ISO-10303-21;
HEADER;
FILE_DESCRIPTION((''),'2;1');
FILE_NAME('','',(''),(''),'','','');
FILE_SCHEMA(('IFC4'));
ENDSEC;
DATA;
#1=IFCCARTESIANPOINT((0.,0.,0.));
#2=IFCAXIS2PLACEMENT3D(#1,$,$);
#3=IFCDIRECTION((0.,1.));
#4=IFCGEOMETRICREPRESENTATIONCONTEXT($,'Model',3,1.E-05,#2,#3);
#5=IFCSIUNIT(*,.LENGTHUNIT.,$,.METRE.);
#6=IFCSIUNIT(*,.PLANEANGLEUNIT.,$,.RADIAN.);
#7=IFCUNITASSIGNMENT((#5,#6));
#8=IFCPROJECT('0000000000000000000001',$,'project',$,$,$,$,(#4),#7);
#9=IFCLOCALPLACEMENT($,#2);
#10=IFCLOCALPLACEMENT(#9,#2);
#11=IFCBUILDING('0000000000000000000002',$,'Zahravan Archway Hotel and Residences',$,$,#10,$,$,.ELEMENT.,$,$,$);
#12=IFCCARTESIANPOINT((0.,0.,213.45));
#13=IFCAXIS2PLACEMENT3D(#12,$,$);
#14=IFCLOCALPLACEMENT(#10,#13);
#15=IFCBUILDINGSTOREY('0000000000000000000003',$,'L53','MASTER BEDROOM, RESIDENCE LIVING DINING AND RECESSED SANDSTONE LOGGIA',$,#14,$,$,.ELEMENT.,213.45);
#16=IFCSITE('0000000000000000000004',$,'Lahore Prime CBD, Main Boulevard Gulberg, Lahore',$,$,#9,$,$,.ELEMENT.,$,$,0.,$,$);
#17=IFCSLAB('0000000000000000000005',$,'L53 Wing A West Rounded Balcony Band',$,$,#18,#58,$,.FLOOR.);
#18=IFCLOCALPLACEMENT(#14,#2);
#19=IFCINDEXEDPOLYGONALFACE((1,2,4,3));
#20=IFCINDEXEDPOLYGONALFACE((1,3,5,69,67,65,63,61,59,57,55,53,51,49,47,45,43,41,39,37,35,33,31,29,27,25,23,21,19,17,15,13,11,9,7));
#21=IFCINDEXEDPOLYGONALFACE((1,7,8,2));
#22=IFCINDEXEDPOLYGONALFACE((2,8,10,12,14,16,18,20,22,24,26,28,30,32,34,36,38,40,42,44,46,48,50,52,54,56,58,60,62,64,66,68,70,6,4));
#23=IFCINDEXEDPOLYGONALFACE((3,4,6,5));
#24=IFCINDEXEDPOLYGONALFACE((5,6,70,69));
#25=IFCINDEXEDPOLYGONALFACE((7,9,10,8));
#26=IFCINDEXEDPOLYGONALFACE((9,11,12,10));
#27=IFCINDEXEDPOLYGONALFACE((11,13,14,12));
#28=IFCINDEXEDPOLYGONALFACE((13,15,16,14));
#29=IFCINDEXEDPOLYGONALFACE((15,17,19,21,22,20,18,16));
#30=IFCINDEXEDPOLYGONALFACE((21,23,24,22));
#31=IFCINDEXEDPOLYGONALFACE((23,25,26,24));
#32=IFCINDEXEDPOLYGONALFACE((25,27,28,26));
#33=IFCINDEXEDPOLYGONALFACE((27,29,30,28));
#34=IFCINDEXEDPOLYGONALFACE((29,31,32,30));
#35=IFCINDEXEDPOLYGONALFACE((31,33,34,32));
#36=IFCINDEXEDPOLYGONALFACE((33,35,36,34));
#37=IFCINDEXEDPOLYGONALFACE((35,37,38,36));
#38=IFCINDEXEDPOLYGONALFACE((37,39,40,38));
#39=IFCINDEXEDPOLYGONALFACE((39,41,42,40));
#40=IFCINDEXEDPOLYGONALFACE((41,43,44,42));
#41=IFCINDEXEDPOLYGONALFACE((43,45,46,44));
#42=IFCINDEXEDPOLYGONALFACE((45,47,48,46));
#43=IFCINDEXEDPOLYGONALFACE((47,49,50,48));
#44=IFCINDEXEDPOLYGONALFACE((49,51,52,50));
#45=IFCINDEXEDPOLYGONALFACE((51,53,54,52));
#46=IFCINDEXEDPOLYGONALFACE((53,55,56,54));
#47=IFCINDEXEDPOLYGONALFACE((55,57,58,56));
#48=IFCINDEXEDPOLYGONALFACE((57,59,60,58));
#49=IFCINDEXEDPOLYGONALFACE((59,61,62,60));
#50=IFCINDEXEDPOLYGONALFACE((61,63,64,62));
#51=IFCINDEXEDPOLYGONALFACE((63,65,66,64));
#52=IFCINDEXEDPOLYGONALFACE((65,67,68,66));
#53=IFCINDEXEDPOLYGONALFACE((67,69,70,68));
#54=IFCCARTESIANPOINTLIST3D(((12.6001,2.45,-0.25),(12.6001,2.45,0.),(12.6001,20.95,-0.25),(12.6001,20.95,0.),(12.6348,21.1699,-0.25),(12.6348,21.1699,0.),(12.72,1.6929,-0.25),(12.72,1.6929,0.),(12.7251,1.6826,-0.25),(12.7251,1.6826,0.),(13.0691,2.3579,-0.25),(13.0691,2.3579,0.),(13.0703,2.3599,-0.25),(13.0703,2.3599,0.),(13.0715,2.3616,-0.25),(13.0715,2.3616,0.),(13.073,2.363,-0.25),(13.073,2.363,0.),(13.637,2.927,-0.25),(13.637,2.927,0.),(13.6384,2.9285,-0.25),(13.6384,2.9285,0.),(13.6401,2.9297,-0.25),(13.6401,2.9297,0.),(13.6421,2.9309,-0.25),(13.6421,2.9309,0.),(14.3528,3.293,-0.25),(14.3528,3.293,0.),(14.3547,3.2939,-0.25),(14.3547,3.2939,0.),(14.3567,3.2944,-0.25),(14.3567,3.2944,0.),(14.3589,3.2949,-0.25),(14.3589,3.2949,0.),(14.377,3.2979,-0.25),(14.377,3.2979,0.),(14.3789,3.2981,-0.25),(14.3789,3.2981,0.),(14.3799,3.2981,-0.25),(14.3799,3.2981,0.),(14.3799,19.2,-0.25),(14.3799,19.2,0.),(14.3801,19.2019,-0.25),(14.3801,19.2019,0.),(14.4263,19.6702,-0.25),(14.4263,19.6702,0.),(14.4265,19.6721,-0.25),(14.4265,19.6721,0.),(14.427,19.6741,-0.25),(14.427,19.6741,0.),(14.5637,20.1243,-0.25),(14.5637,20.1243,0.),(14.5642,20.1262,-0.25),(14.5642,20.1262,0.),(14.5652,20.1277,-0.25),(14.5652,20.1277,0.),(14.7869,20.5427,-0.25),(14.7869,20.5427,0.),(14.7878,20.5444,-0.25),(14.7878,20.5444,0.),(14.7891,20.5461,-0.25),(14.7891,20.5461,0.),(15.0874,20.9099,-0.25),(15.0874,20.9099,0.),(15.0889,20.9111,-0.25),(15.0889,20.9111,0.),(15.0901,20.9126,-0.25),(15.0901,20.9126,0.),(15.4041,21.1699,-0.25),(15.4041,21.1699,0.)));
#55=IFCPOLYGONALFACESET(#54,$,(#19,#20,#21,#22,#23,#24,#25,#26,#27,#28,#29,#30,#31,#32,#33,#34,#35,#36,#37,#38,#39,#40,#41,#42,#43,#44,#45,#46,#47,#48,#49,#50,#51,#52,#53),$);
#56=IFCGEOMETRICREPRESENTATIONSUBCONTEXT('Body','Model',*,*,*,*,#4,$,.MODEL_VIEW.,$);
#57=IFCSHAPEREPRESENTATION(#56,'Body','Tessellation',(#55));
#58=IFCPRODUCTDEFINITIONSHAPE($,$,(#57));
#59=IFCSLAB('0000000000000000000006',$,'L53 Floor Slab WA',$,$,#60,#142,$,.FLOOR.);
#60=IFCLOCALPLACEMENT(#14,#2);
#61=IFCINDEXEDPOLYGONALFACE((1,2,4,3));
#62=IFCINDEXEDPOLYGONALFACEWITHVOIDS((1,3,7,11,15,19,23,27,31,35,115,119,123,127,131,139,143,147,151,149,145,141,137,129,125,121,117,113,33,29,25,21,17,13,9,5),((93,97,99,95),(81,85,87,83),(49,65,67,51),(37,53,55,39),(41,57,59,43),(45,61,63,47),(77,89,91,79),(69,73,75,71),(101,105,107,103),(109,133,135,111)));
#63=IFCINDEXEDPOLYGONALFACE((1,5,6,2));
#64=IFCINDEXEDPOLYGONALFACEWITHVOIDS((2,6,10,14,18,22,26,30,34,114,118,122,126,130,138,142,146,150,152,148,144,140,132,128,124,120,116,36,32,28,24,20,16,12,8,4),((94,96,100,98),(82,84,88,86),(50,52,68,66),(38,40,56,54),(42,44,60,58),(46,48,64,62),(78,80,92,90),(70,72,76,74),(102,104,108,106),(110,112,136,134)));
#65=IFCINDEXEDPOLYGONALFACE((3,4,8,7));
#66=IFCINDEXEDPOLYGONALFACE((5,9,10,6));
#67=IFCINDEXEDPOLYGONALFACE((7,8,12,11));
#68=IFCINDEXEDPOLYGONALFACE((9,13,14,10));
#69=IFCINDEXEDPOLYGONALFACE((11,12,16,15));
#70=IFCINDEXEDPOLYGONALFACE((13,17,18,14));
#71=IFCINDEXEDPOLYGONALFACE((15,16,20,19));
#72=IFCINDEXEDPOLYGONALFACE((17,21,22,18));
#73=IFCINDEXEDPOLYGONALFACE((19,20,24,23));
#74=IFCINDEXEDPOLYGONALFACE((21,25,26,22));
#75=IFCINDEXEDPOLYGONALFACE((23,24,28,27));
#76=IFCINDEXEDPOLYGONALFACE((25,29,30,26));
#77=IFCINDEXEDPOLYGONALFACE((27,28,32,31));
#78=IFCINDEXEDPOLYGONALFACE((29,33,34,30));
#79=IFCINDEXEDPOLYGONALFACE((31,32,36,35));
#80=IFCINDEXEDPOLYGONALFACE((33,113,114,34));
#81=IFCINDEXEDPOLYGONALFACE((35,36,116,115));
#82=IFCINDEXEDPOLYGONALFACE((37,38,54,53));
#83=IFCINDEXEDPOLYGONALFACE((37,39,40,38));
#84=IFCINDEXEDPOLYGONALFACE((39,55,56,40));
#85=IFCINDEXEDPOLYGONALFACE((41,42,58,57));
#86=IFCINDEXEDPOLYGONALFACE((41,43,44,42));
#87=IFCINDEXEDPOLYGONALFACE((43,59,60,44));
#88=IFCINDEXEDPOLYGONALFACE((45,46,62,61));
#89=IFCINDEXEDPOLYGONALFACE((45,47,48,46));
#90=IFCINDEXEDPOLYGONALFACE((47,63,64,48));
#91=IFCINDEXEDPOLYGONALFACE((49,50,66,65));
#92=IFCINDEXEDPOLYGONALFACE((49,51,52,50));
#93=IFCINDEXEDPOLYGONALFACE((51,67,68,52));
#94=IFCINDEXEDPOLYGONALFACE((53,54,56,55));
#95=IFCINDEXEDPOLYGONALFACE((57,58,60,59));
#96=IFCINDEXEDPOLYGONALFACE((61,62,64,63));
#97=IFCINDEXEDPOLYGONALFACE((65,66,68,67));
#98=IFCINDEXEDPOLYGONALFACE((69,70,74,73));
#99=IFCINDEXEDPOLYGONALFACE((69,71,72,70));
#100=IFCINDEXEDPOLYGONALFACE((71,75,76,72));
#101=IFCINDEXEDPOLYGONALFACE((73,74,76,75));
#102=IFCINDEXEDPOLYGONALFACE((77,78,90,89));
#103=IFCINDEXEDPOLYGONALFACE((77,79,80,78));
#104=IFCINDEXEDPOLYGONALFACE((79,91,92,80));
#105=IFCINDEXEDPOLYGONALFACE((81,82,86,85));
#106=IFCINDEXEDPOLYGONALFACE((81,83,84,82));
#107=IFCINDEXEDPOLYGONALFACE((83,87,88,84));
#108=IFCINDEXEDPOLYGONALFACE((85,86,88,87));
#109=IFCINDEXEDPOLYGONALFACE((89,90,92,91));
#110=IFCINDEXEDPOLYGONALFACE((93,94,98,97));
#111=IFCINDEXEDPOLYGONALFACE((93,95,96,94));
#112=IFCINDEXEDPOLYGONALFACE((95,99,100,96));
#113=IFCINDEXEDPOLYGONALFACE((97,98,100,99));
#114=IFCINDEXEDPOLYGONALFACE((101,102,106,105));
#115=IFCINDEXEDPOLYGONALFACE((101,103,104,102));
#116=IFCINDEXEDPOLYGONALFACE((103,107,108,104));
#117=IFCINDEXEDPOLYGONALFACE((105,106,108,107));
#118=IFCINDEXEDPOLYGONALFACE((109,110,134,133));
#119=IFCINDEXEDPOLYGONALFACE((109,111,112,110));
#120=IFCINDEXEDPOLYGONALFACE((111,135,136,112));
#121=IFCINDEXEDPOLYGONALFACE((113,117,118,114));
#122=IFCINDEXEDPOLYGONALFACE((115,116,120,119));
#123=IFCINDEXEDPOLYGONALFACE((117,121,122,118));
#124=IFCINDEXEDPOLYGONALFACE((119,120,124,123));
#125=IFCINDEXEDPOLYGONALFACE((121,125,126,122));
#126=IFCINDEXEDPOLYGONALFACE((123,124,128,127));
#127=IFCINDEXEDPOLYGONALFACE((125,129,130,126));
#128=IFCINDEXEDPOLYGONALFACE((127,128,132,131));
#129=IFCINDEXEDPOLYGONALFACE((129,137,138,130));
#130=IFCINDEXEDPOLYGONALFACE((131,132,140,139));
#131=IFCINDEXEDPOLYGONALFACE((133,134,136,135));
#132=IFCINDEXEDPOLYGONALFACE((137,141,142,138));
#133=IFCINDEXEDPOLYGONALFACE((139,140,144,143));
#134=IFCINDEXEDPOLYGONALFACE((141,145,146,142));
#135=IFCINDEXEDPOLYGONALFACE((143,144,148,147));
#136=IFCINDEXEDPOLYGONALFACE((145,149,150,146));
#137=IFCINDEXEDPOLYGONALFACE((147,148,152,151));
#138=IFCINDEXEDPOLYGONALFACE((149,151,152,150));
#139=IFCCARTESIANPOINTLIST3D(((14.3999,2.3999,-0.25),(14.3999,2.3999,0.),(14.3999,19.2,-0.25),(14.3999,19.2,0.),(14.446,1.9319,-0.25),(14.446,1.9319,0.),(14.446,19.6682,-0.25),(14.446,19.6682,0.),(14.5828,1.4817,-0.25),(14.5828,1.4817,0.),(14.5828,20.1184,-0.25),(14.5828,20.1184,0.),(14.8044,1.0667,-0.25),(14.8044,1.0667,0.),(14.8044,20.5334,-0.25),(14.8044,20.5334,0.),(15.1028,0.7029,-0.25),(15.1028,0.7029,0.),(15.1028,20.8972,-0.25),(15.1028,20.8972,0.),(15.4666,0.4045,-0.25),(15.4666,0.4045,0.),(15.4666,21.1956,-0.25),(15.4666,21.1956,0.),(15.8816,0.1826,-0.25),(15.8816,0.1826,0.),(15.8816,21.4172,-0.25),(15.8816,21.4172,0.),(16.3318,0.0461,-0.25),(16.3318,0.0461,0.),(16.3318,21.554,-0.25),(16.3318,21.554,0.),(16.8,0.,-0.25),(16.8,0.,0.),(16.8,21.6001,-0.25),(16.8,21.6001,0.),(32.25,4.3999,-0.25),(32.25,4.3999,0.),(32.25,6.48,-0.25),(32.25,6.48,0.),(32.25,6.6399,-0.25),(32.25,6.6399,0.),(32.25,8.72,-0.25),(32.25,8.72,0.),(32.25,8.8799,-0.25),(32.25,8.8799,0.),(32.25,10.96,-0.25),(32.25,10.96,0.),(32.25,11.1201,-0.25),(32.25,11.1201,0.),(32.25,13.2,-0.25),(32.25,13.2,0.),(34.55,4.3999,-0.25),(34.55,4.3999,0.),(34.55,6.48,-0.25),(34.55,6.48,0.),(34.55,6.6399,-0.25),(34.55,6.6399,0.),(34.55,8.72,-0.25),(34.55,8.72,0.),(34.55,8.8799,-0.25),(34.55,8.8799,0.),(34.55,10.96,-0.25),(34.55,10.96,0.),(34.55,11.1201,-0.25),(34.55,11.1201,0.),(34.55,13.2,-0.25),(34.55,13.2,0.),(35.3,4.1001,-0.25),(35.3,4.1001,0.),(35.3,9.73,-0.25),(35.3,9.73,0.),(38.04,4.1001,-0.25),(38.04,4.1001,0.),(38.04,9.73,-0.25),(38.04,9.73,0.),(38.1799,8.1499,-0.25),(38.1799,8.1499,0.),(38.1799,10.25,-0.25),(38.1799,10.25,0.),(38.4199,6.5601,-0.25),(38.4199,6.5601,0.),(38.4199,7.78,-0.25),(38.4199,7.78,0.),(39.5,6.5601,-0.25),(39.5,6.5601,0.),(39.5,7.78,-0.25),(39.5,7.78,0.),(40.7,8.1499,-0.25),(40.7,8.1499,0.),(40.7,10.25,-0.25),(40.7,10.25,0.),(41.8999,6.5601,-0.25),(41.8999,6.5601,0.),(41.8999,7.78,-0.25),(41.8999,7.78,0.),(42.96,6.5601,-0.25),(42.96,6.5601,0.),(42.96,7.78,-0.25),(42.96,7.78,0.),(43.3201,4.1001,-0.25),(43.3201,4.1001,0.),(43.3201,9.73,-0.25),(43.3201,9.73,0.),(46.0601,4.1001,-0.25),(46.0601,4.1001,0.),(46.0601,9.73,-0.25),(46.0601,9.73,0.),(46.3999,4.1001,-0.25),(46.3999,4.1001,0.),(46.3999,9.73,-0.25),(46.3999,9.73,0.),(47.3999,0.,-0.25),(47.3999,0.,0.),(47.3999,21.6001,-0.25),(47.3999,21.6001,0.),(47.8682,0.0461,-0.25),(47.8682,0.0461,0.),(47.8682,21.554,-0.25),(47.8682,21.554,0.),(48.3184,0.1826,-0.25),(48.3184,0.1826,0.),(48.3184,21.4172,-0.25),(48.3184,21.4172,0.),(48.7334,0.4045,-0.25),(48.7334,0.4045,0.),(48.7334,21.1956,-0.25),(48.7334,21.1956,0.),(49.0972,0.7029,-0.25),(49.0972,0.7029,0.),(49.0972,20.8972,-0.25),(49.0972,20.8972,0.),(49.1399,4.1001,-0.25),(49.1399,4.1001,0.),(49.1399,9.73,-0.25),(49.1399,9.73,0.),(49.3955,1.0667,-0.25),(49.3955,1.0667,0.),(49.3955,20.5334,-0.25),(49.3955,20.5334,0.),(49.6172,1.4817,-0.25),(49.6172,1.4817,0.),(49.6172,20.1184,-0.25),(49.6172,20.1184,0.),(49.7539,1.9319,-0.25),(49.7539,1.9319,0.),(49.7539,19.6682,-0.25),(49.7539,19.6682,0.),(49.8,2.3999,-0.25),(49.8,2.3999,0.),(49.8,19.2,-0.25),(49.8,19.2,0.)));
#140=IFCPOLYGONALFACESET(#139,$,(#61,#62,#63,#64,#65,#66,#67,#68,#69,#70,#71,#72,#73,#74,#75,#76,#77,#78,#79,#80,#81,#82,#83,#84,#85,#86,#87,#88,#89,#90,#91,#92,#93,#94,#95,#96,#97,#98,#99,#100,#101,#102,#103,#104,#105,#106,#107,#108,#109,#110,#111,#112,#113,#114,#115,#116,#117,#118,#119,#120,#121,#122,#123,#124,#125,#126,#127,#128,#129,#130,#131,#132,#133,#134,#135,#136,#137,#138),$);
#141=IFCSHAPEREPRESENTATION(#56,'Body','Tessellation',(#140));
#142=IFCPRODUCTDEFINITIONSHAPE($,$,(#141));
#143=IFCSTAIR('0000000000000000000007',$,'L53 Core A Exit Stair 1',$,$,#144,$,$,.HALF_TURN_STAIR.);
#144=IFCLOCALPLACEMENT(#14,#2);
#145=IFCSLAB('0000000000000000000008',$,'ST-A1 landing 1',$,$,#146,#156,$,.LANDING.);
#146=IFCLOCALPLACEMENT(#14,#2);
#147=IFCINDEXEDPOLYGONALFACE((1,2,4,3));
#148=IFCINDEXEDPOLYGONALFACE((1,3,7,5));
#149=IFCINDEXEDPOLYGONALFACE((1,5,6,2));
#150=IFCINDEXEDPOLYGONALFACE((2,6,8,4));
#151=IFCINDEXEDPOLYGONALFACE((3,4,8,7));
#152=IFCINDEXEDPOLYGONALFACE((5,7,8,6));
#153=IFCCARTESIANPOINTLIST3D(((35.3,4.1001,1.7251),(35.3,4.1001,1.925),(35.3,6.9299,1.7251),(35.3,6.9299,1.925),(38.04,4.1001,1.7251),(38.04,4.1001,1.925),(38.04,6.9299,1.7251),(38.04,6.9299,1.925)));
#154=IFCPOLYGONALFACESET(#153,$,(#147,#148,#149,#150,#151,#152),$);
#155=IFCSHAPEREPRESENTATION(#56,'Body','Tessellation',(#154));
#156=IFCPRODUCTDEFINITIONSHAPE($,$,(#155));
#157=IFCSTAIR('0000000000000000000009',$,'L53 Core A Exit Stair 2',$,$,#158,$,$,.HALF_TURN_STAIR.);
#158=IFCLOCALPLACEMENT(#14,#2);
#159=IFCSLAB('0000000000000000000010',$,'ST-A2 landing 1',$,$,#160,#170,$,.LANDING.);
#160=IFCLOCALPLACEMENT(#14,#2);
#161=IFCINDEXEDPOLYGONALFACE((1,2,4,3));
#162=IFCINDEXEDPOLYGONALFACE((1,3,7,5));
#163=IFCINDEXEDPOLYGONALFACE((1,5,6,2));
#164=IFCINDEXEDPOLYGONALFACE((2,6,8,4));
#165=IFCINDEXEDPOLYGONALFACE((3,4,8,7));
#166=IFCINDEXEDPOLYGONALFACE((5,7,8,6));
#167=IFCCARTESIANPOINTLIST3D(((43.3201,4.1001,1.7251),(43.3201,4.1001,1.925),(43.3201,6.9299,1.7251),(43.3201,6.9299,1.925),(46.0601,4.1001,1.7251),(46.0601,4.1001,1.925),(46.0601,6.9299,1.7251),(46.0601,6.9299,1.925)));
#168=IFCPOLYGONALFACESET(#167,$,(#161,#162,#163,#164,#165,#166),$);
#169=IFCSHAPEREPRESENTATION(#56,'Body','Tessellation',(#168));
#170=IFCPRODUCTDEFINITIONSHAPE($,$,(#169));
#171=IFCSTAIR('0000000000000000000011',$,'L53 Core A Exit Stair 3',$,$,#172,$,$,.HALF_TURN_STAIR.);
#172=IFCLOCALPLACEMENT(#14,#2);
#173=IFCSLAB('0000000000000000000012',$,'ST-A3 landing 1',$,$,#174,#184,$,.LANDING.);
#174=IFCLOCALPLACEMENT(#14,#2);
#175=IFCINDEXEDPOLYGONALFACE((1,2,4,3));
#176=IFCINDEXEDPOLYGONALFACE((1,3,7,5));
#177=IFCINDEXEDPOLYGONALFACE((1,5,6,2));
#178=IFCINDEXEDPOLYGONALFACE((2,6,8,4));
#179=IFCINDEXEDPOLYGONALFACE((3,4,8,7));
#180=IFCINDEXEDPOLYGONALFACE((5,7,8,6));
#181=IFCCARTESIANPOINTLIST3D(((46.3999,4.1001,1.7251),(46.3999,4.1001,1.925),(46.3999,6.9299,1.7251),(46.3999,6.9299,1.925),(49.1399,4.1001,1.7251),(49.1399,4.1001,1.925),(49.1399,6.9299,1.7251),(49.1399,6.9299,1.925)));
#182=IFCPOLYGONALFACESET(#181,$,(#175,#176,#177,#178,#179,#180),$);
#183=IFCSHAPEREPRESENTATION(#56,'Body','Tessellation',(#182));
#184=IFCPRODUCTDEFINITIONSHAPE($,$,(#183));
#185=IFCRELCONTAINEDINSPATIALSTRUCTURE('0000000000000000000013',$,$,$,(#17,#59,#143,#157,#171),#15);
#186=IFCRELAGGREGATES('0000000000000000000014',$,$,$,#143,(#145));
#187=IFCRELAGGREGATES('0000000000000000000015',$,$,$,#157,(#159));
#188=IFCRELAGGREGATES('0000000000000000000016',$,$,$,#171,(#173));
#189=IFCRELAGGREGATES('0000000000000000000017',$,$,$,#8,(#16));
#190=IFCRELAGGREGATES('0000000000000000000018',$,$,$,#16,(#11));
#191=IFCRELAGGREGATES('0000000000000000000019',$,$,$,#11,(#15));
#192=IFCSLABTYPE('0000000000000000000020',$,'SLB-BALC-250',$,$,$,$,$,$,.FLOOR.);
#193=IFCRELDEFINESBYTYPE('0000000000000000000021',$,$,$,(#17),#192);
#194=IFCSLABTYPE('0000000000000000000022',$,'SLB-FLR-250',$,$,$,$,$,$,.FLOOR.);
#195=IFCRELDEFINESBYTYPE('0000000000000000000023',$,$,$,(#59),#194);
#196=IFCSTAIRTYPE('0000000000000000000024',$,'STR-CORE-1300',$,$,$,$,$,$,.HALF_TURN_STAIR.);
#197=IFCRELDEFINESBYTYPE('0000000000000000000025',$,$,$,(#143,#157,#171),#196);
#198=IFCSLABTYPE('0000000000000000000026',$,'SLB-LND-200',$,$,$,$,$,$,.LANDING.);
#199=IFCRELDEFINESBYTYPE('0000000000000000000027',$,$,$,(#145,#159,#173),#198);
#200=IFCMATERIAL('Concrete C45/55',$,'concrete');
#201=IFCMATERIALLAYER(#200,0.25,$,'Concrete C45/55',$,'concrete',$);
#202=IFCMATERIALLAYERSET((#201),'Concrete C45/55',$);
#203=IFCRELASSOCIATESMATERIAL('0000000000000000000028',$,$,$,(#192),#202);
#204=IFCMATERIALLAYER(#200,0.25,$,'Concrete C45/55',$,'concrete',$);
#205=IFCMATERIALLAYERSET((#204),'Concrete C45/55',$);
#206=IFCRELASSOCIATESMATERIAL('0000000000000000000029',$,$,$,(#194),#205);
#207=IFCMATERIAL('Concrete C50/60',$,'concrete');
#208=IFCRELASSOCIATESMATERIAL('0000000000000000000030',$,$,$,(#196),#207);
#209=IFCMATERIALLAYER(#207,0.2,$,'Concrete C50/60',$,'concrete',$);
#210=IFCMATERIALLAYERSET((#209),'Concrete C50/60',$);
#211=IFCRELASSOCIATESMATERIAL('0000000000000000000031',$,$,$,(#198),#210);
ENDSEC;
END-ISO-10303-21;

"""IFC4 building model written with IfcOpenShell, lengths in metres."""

from ifc_helpers import new_model, si_unit, direction, frame, origin, place, context, subcontext, project, spatial, polyline, outline, extrude, material, layer, layer_set, type_object, element, aggregate, save


model = new_model("IFC4")

# Units and contexts
model_context = context("Model", 3, precision=1e-05, world=origin(), true_north=direction((0.0, 1.0)))
body_context = subcontext(model_context, "Body", "Model", "MODEL_VIEW")
ifc_project = project(units=[si_unit("LENGTHUNIT", "METRE"), si_unit("PLANEANGLEUNIT", "RADIAN")], contexts=[model_context])

# Site, building, storey
site_placement = place(None, origin())
site = spatial("IfcSite", under=ifc_project, at=site_placement, Name="Lahore Prime CBD, Main Boulevard Gulberg, Lahore", CompositionType="ELEMENT", RefElevation=0.0)
building_placement = place(site_placement, origin())
building = spatial("IfcBuilding", under=site, at=building_placement, Name="Zahravan Archway Hotel and Residences", CompositionType="ELEMENT")
storey_placement = place(building_placement, frame((0.0, 0.0, 213.45)))
storey = spatial("IfcBuildingStorey", under=building, at=storey_placement, Name="L53", Description="MASTER BEDROOM, RESIDENCE LIVING DINING AND RECESSED SANDSTONE LOGGIA", CompositionType="ELEMENT", Elevation=213.45)

# Slabs
ifc_material_1 = material(Name="Concrete C45/55", Category="concrete")
ifc_layer_1 = layer(ifc_material_1, 0.25, Name="Concrete C45/55", Category="concrete")
ifc_layer_set_1 = layer_set([ifc_layer_1], Name="Concrete C45/55")
slab_type_1 = type_object("IfcSlabType", Name="SLB-BALC-250", PredefinedType="FLOOR", material=ifc_layer_set_1)
slab_1_placement = place(storey_placement, frame((0.0, 0.0, -0.25)))
element("IfcSlab", 1, at=slab_1_placement, inside=storey, type_object=slab_type_1, Name="L53 Wing A West Rounded Balcony Band", PredefinedType="FLOOR", context=body_context, shape_type="SweptSolid", body=[
    extrude(outline(polyline([(12.72, 1.6929), (12.6001, 2.45), (12.6001, 20.95), (12.6348, 21.1699), (15.4041, 21.1699), (15.0901, 20.9126), (15.0889, 20.9111), (15.0874, 20.9099), (14.7891, 20.5461), (14.7878, 20.5444), (14.7869, 20.5427), (14.5652, 20.1277), (14.5642, 20.1262), (14.5637, 20.1243), (14.427, 19.6741), (14.4265, 19.6721), (14.4263, 19.6702), (14.3801, 19.2019), (14.3799, 19.2), (14.3799, 3.2981), (14.3789, 3.2981), (14.377, 3.2979), (14.3589, 3.2949), (14.3567, 3.2944), (14.3547, 3.2939), (14.3528, 3.293), (13.6421, 2.9309), (13.6401, 2.9297), (13.6384, 2.9285), (13.637, 2.927), (13.073, 2.363), (13.0715, 2.3616), (13.0703, 2.3599), (13.0691, 2.3579), (12.7251, 1.6826), (12.72, 1.6929)])), origin(), (0.0, 0.0, 1.0), 0.25),
])
ifc_layer_2 = layer(ifc_material_1, 0.25, Name="Concrete C45/55", Category="concrete")
ifc_layer_set_2 = layer_set([ifc_layer_2], Name="Concrete C45/55")
slab_type_2 = type_object("IfcSlabType", Name="SLB-FLR-250", PredefinedType="FLOOR", material=ifc_layer_set_2)
slab_2_placement = place(storey_placement, frame((0.0, 0.0, -0.25)))
element("IfcSlab", 2, at=slab_2_placement, inside=storey, type_object=slab_type_2, Name="L53 Floor Slab WA", PredefinedType="FLOOR", context=body_context, shape_type="SweptSolid", body=[
    extrude(outline(polyline([(47.3999, 0.0), (47.8682, 0.0461), (48.3184, 0.1826), (48.7334, 0.4045), (49.0972, 0.7029), (49.3955, 1.0667), (49.6172, 1.4817), (49.7539, 1.9319), (49.8, 2.3999), (49.8, 19.2), (49.7539, 19.6682), (49.6172, 20.1184), (49.3955, 20.5334), (49.0972, 20.8972), (48.7334, 21.1956), (48.3184, 21.4172), (47.8682, 21.554), (47.3999, 21.6001), (16.8, 21.6001), (16.3318, 21.554), (15.8816, 21.4172), (15.4666, 21.1956), (15.1028, 20.8972), (14.8044, 20.5334), (14.5828, 20.1184), (14.446, 19.6682), (14.3999, 19.2), (14.3999, 2.3999), (14.446, 1.9319), (14.5828, 1.4817), (14.8044, 1.0667), (15.1028, 0.7029), (15.4666, 0.4045), (15.8816, 0.1826), (16.3318, 0.0461), (16.8, 0.0), (47.3999, 0.0)]), holes=[polyline([(35.3, 9.73), (35.3, 4.1001), (38.04, 4.1001), (38.04, 9.73), (35.3, 9.73)]), polyline([(43.3201, 9.73), (43.3201, 4.1001), (46.0601, 4.1001), (46.0601, 9.73), (43.3201, 9.73)]), polyline([(46.3999, 9.73), (46.3999, 4.1001), (49.1399, 4.1001), (49.1399, 9.73), (46.3999, 9.73)]), polyline([(38.1799, 8.1499), (40.7, 8.1499), (40.7, 10.25), (38.1799, 10.25), (38.1799, 8.1499)]), polyline([(32.25, 4.3999), (34.55, 4.3999), (34.55, 6.48), (32.25, 6.48), (32.25, 4.3999)]), polyline([(32.25, 6.6399), (34.55, 6.6399), (34.55, 8.72), (32.25, 8.72), (32.25, 6.6399)]), polyline([(32.25, 8.8799), (34.55, 8.8799), (34.55, 10.96), (32.25, 10.96), (32.25, 8.8799)]), polyline([(32.25, 11.1201), (34.55, 11.1201), (34.55, 13.2), (32.25, 13.2), (32.25, 11.1201)]), polyline([(38.4199, 6.5601), (39.5, 6.5601), (39.5, 7.78), (38.4199, 7.78), (38.4199, 6.5601)]), polyline([(41.8999, 6.5601), (42.96, 6.5601), (42.96, 7.78), (41.8999, 7.78), (41.8999, 6.5601)])]), origin(), (0.0, 0.0, 1.0), 0.25),
])

# Stairs, slabs
ifc_material_2 = material(Name="Concrete C50/60", Category="concrete")
stair_type = type_object("IfcStairType", Name="STR-CORE-1300", PredefinedType="HALF_TURN_STAIR", material=ifc_material_2)
stair_1_placement = place(storey_placement, origin())
stair_1 = element("IfcStair", 3, at=stair_1_placement, inside=storey, type_object=stair_type, Name="L53 Core A Exit Stair 1", PredefinedType="HALF_TURN_STAIR")
ifc_layer_3 = layer(ifc_material_2, 0.2, Name="Concrete C50/60", Category="concrete")
ifc_layer_set_3 = layer_set([ifc_layer_3], Name="Concrete C50/60")
slab_type_3 = type_object("IfcSlabType", Name="SLB-LND-200", PredefinedType="LANDING", material=ifc_layer_set_3)
slab_3_placement = place(storey_placement, frame((0.0, 0.0, 1.7251)))
slab_3 = element("IfcSlab", 4, at=slab_3_placement, type_object=slab_type_3, Name="ST-A1 landing 1", PredefinedType="LANDING", context=body_context, shape_type="SweptSolid", body=[
    extrude(outline(polyline([(35.3, 6.9299), (35.3, 4.1001), (38.04, 4.1001), (38.04, 6.9299), (35.3, 6.9299)])), origin(), (0.0, 0.0, 1.0), 0.2),
])
aggregate(stair_1, [slab_3])
stair_2_placement = place(storey_placement, origin())
stair_2 = element("IfcStair", 5, at=stair_2_placement, inside=storey, type_object=stair_type, Name="L53 Core A Exit Stair 2", PredefinedType="HALF_TURN_STAIR")
slab_4_placement = place(storey_placement, frame((0.0, 0.0, 1.7251)))
slab_4 = element("IfcSlab", 6, at=slab_4_placement, type_object=slab_type_3, Name="ST-A2 landing 1", PredefinedType="LANDING", context=body_context, shape_type="SweptSolid", body=[
    extrude(outline(polyline([(43.3201, 6.9299), (43.3201, 4.1001), (46.0601, 4.1001), (46.0601, 6.9299), (43.3201, 6.9299)])), origin(), (0.0, 0.0, 1.0), 0.2),
])
aggregate(stair_2, [slab_4])
stair_3_placement = place(storey_placement, origin())
stair_3 = element("IfcStair", 7, at=stair_3_placement, inside=storey, type_object=stair_type, Name="L53 Core A Exit Stair 3", PredefinedType="HALF_TURN_STAIR")
slab_5_placement = place(storey_placement, frame((0.0, 0.0, 1.7251)))
slab_5 = element("IfcSlab", 8, at=slab_5_placement, type_object=slab_type_3, Name="ST-A3 landing 1", PredefinedType="LANDING", context=body_context, shape_type="SweptSolid", body=[
    extrude(outline(polyline([(46.3999, 6.9299), (46.3999, 4.1001), (49.1399, 4.1001), (49.1399, 6.9299), (46.3999, 6.9299)])), origin(), (0.0, 0.0, 1.0), 0.2),
])
aggregate(stair_3, [slab_5])

save(model, "model.ifc")
